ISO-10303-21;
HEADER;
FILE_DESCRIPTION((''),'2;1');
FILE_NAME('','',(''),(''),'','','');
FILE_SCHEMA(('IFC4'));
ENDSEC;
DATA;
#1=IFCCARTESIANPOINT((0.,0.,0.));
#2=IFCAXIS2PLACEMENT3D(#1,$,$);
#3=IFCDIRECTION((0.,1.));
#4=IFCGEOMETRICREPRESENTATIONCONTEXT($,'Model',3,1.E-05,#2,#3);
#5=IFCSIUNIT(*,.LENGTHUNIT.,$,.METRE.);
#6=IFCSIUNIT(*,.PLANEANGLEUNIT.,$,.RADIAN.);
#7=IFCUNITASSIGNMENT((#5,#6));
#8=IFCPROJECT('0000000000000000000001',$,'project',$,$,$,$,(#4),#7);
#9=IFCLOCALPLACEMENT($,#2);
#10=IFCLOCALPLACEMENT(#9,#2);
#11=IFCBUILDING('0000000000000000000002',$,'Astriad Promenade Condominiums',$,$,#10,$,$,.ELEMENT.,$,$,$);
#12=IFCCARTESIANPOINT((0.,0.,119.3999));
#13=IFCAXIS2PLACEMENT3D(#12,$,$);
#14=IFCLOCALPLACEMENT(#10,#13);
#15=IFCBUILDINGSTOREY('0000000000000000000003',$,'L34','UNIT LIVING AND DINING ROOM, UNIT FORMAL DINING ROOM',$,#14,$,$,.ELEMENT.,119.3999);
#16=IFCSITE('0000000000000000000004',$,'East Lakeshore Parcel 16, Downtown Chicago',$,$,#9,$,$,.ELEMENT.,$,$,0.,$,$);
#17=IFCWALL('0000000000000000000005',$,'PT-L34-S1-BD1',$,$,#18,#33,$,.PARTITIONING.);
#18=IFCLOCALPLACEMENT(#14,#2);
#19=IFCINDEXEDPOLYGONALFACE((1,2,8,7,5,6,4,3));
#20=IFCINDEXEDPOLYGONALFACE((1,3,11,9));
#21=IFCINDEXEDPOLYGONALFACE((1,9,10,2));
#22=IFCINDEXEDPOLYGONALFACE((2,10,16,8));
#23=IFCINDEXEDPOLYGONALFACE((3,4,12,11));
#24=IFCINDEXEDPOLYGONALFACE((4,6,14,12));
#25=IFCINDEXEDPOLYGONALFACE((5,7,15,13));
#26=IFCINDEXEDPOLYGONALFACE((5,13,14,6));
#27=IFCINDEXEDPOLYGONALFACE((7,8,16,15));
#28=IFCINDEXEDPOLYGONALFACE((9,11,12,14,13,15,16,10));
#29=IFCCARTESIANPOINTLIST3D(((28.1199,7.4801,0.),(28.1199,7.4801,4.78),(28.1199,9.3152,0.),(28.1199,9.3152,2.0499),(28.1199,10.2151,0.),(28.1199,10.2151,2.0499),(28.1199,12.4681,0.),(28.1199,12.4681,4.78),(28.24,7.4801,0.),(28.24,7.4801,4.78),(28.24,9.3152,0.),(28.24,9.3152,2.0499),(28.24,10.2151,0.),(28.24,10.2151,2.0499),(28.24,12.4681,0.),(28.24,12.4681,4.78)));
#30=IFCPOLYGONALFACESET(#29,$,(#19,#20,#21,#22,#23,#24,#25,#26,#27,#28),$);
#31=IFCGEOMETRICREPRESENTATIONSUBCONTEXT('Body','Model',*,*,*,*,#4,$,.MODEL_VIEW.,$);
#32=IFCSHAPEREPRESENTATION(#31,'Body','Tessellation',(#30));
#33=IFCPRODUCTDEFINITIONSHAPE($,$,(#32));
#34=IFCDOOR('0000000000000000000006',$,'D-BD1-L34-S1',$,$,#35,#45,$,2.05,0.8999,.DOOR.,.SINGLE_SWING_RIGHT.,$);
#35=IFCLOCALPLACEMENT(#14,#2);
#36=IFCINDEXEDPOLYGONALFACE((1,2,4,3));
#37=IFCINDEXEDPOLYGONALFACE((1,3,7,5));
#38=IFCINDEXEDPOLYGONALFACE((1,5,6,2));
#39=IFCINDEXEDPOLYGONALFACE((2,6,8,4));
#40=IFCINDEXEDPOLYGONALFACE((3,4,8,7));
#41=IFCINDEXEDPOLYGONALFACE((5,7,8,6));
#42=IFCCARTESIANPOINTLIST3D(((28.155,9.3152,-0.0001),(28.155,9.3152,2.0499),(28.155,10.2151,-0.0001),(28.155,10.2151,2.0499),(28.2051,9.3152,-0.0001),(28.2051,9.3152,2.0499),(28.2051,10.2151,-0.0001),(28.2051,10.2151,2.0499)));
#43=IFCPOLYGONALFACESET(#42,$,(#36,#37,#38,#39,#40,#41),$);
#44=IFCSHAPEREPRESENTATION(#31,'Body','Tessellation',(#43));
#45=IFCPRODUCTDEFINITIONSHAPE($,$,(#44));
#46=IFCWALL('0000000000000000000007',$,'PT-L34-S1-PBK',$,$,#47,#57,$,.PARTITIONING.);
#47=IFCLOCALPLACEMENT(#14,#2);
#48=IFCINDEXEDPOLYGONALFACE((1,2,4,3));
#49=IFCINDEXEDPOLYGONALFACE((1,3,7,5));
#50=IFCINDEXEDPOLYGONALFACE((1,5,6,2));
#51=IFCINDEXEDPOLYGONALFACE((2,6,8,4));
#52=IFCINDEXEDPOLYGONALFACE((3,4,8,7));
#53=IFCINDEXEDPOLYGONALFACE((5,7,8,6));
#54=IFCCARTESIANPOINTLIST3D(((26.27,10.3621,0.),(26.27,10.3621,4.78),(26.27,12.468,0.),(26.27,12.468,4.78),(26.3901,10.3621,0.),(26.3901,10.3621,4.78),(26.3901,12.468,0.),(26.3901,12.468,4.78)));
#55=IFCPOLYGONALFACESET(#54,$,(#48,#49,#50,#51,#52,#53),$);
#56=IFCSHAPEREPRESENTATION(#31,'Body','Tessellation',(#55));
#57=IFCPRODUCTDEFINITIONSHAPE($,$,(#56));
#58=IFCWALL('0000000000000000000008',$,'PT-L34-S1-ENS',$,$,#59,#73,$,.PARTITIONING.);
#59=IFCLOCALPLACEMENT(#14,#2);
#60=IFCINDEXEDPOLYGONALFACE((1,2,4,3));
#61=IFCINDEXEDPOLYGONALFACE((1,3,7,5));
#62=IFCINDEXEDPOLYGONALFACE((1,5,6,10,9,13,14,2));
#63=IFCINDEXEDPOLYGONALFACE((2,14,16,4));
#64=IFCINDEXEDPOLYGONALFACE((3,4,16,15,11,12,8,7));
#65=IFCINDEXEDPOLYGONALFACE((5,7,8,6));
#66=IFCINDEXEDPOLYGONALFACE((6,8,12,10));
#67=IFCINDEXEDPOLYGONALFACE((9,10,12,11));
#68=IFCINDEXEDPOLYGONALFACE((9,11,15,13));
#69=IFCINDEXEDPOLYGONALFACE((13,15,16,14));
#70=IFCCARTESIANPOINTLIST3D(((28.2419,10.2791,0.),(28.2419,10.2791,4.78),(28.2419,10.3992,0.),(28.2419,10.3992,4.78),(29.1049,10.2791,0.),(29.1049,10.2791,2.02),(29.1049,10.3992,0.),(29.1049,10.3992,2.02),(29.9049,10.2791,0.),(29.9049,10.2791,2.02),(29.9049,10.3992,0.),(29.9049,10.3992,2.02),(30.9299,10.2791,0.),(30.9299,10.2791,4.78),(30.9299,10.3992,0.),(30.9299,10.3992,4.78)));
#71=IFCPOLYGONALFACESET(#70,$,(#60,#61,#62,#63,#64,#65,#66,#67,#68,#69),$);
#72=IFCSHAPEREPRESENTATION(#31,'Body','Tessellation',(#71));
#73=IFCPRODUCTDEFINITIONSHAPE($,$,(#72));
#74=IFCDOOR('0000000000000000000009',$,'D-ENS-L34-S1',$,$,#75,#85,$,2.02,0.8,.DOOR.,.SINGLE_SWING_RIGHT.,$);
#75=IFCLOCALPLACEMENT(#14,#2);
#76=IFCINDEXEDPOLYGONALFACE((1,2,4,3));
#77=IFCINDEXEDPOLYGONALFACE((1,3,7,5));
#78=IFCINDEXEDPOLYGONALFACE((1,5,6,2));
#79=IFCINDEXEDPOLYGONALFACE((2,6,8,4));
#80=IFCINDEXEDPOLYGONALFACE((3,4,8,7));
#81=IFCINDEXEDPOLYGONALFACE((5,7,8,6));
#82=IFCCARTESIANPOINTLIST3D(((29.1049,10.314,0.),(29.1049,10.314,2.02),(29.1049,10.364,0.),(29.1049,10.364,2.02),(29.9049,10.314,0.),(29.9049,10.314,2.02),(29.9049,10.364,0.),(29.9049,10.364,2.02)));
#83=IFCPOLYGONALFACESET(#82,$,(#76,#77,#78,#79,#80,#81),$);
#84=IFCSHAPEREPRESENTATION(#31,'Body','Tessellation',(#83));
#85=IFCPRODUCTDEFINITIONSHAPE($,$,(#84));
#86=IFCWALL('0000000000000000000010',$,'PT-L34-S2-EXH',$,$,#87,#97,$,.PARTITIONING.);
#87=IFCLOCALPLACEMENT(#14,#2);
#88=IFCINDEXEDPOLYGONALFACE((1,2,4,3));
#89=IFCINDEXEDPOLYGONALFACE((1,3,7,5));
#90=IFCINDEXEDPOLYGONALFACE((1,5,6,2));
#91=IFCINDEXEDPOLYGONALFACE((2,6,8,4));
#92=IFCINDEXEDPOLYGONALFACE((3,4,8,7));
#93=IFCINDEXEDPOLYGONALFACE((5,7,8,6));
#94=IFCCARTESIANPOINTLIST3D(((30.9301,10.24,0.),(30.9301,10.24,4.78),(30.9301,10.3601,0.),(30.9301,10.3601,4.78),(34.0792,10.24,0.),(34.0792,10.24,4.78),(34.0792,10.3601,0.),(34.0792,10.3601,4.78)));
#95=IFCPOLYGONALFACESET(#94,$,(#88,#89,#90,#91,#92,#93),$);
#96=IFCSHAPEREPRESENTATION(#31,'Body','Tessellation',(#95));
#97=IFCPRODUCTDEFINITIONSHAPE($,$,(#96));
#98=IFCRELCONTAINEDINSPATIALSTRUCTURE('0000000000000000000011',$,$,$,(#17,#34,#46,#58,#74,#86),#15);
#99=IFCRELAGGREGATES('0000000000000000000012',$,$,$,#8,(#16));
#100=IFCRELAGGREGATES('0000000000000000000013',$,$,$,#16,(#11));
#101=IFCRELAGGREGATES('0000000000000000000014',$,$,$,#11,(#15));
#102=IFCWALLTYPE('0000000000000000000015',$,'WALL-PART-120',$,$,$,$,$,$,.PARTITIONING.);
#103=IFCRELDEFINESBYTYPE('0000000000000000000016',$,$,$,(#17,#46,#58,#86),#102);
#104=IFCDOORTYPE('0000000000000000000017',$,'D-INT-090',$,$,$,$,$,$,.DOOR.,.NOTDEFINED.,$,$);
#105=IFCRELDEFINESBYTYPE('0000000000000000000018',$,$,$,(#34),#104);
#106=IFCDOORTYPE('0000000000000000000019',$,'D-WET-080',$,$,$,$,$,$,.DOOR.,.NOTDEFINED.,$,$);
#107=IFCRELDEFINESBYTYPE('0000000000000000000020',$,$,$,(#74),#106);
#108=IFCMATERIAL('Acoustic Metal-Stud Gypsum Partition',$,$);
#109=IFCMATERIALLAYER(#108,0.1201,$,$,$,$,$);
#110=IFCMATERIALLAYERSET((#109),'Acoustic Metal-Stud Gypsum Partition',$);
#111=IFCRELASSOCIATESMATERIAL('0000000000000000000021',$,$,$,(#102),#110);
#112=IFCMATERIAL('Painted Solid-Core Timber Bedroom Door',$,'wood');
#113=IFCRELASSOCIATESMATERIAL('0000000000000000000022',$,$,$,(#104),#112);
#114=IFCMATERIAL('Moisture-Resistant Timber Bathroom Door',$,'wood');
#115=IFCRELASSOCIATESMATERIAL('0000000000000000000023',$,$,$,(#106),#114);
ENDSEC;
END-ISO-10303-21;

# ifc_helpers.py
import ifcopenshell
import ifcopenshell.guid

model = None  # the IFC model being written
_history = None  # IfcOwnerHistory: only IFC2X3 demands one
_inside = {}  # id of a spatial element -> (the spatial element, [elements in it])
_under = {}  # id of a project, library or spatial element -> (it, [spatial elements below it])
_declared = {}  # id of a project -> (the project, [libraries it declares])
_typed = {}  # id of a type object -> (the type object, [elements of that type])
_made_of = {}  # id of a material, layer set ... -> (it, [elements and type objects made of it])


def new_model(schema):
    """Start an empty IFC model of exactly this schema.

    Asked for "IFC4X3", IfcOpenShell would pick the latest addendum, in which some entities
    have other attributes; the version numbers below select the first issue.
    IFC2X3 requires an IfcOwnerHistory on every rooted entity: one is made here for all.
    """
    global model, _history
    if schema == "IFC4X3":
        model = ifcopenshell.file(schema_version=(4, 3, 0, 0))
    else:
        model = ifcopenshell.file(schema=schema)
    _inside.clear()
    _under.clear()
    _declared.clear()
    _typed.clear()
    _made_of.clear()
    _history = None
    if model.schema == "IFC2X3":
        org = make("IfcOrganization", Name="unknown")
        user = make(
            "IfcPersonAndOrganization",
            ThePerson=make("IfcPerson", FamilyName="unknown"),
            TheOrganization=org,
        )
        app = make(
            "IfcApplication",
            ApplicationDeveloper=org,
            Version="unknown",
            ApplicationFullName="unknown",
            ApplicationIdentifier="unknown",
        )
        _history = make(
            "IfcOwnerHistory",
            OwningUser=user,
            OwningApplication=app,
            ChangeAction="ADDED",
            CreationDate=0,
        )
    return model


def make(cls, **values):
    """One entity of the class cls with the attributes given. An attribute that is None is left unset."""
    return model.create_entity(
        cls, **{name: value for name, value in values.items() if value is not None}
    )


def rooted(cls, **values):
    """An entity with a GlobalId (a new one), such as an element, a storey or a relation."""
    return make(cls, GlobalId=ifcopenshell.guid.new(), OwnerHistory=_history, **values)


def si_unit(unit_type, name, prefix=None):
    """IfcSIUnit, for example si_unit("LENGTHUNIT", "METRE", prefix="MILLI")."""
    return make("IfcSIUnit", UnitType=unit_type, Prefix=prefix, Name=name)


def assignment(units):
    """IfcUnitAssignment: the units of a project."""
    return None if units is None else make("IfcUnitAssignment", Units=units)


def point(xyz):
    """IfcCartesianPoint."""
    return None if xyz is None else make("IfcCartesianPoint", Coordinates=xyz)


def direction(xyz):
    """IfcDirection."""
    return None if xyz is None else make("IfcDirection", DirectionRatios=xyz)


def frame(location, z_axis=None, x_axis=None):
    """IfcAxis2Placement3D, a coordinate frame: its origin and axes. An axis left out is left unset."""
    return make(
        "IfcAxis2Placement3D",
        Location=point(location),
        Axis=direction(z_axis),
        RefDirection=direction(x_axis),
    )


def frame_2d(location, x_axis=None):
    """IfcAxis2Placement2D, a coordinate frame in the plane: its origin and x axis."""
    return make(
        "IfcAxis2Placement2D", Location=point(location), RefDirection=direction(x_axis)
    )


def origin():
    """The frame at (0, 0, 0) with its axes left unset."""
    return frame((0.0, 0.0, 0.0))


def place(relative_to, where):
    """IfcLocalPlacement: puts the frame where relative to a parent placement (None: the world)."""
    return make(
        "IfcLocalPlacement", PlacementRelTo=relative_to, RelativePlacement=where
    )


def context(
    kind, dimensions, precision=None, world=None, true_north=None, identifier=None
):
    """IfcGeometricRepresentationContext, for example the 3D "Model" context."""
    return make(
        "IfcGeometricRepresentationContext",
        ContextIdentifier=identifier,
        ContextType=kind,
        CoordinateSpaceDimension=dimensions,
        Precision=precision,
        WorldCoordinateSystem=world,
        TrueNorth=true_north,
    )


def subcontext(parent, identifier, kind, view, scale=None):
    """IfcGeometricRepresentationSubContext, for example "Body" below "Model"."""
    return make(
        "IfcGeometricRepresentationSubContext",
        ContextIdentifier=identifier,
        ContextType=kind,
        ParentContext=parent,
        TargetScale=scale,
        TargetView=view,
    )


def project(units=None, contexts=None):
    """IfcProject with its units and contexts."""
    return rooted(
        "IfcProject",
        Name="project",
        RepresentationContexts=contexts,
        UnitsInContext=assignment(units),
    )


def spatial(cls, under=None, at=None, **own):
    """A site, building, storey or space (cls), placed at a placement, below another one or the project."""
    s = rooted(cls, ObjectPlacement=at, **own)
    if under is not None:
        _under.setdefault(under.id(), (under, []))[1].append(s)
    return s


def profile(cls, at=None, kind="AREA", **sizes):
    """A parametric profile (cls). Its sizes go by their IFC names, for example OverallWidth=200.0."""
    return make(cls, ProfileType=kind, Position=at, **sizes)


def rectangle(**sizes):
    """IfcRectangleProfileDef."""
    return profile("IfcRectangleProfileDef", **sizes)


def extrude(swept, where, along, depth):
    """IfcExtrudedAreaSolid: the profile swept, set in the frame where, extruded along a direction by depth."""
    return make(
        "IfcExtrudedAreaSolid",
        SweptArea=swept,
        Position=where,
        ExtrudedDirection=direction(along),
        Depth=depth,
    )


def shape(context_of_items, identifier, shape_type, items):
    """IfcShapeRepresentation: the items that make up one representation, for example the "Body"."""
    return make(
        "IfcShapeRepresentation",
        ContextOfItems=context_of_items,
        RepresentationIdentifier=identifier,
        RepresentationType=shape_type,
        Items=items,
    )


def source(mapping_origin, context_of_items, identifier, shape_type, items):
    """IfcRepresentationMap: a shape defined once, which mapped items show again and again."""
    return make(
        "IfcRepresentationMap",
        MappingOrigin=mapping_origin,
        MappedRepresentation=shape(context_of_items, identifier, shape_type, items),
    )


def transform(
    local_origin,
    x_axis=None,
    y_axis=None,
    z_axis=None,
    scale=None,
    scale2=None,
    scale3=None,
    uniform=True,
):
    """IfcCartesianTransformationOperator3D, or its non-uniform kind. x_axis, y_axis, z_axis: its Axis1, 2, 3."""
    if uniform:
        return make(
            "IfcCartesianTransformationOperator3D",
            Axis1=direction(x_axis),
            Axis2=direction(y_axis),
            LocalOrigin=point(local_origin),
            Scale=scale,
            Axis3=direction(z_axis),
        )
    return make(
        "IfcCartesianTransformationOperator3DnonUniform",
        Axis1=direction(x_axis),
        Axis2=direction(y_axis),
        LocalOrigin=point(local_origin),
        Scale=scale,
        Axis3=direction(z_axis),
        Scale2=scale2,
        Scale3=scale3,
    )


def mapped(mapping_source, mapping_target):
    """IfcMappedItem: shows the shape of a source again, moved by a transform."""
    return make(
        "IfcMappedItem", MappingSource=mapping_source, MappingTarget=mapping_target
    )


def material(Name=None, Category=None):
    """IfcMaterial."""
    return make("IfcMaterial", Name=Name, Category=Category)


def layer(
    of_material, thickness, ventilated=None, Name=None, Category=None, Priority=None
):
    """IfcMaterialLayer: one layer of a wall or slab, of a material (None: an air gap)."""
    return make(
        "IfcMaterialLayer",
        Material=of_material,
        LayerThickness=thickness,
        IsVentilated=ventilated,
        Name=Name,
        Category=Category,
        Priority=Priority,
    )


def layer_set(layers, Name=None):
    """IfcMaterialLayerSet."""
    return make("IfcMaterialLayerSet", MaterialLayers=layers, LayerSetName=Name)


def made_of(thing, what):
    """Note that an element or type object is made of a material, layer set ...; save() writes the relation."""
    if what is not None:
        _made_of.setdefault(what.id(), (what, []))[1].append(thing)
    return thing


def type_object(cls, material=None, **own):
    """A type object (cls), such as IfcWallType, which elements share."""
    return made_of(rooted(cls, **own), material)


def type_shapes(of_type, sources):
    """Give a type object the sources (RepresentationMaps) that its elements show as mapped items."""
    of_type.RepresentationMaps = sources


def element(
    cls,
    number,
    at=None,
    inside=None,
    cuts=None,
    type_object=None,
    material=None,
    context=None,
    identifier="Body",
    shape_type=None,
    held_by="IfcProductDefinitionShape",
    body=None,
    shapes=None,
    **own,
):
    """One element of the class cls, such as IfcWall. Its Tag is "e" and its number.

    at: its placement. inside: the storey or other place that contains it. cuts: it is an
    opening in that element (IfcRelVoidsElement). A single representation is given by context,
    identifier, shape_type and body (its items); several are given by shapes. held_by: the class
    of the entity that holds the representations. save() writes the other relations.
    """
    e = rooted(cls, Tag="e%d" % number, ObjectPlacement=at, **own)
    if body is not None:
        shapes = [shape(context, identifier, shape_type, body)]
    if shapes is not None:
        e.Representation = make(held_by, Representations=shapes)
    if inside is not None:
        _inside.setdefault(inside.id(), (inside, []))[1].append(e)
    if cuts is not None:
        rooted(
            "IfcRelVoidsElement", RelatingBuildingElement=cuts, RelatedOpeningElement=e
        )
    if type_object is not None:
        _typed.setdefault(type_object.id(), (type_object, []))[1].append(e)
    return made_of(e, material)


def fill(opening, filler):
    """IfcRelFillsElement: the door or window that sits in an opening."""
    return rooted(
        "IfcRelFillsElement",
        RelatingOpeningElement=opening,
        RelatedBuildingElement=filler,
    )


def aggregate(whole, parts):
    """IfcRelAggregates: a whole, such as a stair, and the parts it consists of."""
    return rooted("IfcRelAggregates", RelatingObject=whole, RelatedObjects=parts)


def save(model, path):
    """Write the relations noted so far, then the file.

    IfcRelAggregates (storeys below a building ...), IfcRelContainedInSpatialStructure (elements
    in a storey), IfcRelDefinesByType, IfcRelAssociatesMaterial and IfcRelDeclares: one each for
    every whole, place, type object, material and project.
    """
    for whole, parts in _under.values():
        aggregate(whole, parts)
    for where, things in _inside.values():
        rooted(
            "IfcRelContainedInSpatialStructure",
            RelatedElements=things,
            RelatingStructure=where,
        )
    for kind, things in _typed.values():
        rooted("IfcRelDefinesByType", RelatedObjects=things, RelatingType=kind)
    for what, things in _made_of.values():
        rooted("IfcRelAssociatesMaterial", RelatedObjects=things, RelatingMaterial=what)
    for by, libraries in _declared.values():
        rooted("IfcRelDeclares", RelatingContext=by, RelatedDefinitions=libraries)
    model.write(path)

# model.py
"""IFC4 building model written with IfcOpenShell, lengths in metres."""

from ifc_helpers import new_model, si_unit, direction, frame, frame_2d, origin, place, context, subcontext, project, spatial, rectangle, extrude, source, transform, mapped, material, layer, layer_set, type_object, type_shapes, element, fill, save


model = new_model("IFC4")

# Units and contexts
model_context = context("Model", 3, precision=1e-05, world=origin(), true_north=direction((0.0, 1.0)))
body_context = subcontext(model_context, "Body", "Model", "MODEL_VIEW")
ifc_project = project(units=[si_unit("LENGTHUNIT", "METRE"), si_unit("PLANEANGLEUNIT", "RADIAN")], contexts=[model_context])

# Site, building, storey
site_placement = place(None, origin())
site = spatial("IfcSite", under=ifc_project, at=site_placement, Name="East Lakeshore Parcel 16, Downtown Chicago", CompositionType="ELEMENT", RefElevation=0.0)
building_placement = place(site_placement, origin())
building = spatial("IfcBuilding", under=site, at=building_placement, Name="Astriad Promenade Condominiums", CompositionType="ELEMENT")
storey_placement = place(building_placement, frame((0.0, 0.0, 119.3999)))
storey = spatial("IfcBuildingStorey", under=building, at=storey_placement, Name="L34", Description="UNIT LIVING AND DINING ROOM, UNIT FORMAL DINING ROOM", CompositionType="ELEMENT", Elevation=119.3999)

# Wall, opening, door
ifc_material_1 = material(Name="Acoustic Metal-Stud Gypsum Partition")
ifc_layer_1 = layer(ifc_material_1, 0.1201)
ifc_layer_set_1 = layer_set([ifc_layer_1], Name="Acoustic Metal-Stud Gypsum Partition")
wall_type_1 = type_object("IfcWallType", Name="WALL-PART-120", PredefinedType="PARTITIONING", material=ifc_layer_set_1)
wall_1_placement = place(storey_placement, frame((28.1799, 7.48, 0.0), z_axis=(0.0, 0.0, 1.0), x_axis=(0.0, 1.0, 0.0)))
wall_1 = element("IfcWall", 1, at=wall_1_placement, inside=storey, type_object=wall_type_1, Name="PT-L34-S1-BD1", PredefinedType="PARTITIONING", context=body_context, shape_type="SweptSolid", body=[
    extrude(rectangle(XDim=4.988, YDim=0.1201, at=frame_2d((2.4941, 0.0))), origin(), (0.0, 0.0, 1.0), 4.78),
])
opening_1_placement = place(wall_1_placement, frame((1.8352, 0.0, 0.0)))
opening_1 = element("IfcOpeningElement", 2, at=opening_1_placement, cuts=wall_1, PredefinedType="OPENING", context=body_context, shape_type="SweptSolid", body=[
    extrude(rectangle(XDim=0.8999, YDim=2.05, at=frame_2d((0.45, 1.0249))), frame((0.0, 0.0701, 0.0), z_axis=(0.0, -1.0, 0.0), x_axis=(1.0, 0.0, 0.0)), (0.0, 0.0, 1.0), 0.1401),
])
ifc_material_2 = material(Name="Painted Solid-Core Timber Bedroom Door", Category="wood")
door_type_1 = type_object("IfcDoorType", Name="D-INT-090", OperationType="NOTDEFINED", PredefinedType="DOOR", material=ifc_material_2)
shared_shape_1 = source(origin(), body_context, "Body", "SweptSolid", [
    extrude(rectangle(XDim=0.8999, YDim=2.05, at=frame_2d((0.45, 1.0249))), frame((0.0, 0.0249, 0.0), z_axis=(0.0, -1.0, 0.0), x_axis=(1.0, 0.0, 0.0)), (0.0, 0.0, 1.0), 0.05),
])
type_shapes(door_type_1, [shared_shape_1])
door_1_placement = place(opening_1_placement, origin())
door_1 = element("IfcDoor", 3, at=door_1_placement, inside=storey, type_object=door_type_1, Name="D-BD1-L34-S1", OperationType="SINGLE_SWING_RIGHT", OverallHeight=2.05, OverallWidth=0.8999, PredefinedType="DOOR", context=body_context, shape_type="MappedRepresentation", body=[
    mapped(shared_shape_1, transform((0.0, 0.0, 0.0), scale=1.0)),
])
fill(opening_1, door_1)

# Wall
wall_2_placement = place(storey_placement, frame((26.3301, 10.3621, 0.0), z_axis=(0.0, 0.0, 1.0), x_axis=(0.0, 1.0, 0.0)))
element("IfcWall", 4, at=wall_2_placement, inside=storey, type_object=wall_type_1, Name="PT-L34-S1-PBK", PredefinedType="PARTITIONING", context=body_context, shape_type="SweptSolid", body=[
    extrude(rectangle(XDim=2.106, YDim=0.1201, at=frame_2d((1.053, 0.0))), origin(), (0.0, 0.0, 1.0), 4.78),
])

# Wall, opening, door
wall_3_placement = place(storey_placement, frame((28.2419, 10.3391, 0.0), z_axis=(0.0, 0.0, 1.0), x_axis=(1.0, 0.0, 0.0)))
wall_3 = element("IfcWall", 5, at=wall_3_placement, inside=storey, type_object=wall_type_1, Name="PT-L34-S1-ENS", PredefinedType="PARTITIONING", context=body_context, shape_type="SweptSolid", body=[
    extrude(rectangle(XDim=2.688, YDim=0.1201, at=frame_2d((1.344, 0.0))), origin(), (0.0, 0.0, 1.0), 4.78),
])
opening_2_placement = place(wall_3_placement, frame((0.863, 0.0, 0.0)))
opening_2 = element("IfcOpeningElement", 6, at=opening_2_placement, cuts=wall_3, PredefinedType="OPENING", context=body_context, shape_type="SweptSolid", body=[
    extrude(rectangle(XDim=0.8, YDim=2.02, at=frame_2d((0.3999, 1.01))), frame((0.0, 0.0701, 0.0), z_axis=(0.0, -1.0, 0.0), x_axis=(1.0, 0.0, 0.0)), (0.0, 0.0, 1.0), 0.1401),
])
ifc_material_3 = material(Name="Moisture-Resistant Timber Bathroom Door", Category="wood")
door_type_2 = type_object("IfcDoorType", Name="D-WET-080", OperationType="NOTDEFINED", PredefinedType="DOOR", material=ifc_material_3)
shared_shape_2 = source(origin(), body_context, "Body", "SweptSolid", [
    extrude(rectangle(XDim=0.8, YDim=2.02, at=frame_2d((0.3999, 1.01))), frame((0.0, 0.0249, 0.0), z_axis=(0.0, -1.0, 0.0), x_axis=(1.0, 0.0, 0.0)), (0.0, 0.0, 1.0), 0.05),
])
type_shapes(door_type_2, [shared_shape_2])
door_2_placement = place(opening_2_placement, origin())
door_2 = element("IfcDoor", 7, at=door_2_placement, inside=storey, type_object=door_type_2, Name="D-ENS-L34-S1", OperationType="SINGLE_SWING_RIGHT", OverallHeight=2.02, OverallWidth=0.8, PredefinedType="DOOR", context=body_context, shape_type="MappedRepresentation", body=[
    mapped(shared_shape_2, transform((0.0, 0.0, 0.0), scale=1.0)),
])
fill(opening_2, door_2)

# Wall
wall_4_placement = place(storey_placement, frame((30.9299, 10.3, 0.0), z_axis=(0.0, 0.0, 1.0), x_axis=(1.0, 0.0, 0.0)))
element("IfcWall", 8, at=wall_4_placement, inside=storey, type_object=wall_type_1, Name="PT-L34-S2-EXH", PredefinedType="PARTITIONING", context=body_context, shape_type="SweptSolid", body=[
    extrude(rectangle(XDim=3.1492, YDim=0.1201, at=frame_2d((1.5747, 0.0))), origin(), (0.0, 0.0, 1.0), 4.78),
])

save(model, "model.ifc")
